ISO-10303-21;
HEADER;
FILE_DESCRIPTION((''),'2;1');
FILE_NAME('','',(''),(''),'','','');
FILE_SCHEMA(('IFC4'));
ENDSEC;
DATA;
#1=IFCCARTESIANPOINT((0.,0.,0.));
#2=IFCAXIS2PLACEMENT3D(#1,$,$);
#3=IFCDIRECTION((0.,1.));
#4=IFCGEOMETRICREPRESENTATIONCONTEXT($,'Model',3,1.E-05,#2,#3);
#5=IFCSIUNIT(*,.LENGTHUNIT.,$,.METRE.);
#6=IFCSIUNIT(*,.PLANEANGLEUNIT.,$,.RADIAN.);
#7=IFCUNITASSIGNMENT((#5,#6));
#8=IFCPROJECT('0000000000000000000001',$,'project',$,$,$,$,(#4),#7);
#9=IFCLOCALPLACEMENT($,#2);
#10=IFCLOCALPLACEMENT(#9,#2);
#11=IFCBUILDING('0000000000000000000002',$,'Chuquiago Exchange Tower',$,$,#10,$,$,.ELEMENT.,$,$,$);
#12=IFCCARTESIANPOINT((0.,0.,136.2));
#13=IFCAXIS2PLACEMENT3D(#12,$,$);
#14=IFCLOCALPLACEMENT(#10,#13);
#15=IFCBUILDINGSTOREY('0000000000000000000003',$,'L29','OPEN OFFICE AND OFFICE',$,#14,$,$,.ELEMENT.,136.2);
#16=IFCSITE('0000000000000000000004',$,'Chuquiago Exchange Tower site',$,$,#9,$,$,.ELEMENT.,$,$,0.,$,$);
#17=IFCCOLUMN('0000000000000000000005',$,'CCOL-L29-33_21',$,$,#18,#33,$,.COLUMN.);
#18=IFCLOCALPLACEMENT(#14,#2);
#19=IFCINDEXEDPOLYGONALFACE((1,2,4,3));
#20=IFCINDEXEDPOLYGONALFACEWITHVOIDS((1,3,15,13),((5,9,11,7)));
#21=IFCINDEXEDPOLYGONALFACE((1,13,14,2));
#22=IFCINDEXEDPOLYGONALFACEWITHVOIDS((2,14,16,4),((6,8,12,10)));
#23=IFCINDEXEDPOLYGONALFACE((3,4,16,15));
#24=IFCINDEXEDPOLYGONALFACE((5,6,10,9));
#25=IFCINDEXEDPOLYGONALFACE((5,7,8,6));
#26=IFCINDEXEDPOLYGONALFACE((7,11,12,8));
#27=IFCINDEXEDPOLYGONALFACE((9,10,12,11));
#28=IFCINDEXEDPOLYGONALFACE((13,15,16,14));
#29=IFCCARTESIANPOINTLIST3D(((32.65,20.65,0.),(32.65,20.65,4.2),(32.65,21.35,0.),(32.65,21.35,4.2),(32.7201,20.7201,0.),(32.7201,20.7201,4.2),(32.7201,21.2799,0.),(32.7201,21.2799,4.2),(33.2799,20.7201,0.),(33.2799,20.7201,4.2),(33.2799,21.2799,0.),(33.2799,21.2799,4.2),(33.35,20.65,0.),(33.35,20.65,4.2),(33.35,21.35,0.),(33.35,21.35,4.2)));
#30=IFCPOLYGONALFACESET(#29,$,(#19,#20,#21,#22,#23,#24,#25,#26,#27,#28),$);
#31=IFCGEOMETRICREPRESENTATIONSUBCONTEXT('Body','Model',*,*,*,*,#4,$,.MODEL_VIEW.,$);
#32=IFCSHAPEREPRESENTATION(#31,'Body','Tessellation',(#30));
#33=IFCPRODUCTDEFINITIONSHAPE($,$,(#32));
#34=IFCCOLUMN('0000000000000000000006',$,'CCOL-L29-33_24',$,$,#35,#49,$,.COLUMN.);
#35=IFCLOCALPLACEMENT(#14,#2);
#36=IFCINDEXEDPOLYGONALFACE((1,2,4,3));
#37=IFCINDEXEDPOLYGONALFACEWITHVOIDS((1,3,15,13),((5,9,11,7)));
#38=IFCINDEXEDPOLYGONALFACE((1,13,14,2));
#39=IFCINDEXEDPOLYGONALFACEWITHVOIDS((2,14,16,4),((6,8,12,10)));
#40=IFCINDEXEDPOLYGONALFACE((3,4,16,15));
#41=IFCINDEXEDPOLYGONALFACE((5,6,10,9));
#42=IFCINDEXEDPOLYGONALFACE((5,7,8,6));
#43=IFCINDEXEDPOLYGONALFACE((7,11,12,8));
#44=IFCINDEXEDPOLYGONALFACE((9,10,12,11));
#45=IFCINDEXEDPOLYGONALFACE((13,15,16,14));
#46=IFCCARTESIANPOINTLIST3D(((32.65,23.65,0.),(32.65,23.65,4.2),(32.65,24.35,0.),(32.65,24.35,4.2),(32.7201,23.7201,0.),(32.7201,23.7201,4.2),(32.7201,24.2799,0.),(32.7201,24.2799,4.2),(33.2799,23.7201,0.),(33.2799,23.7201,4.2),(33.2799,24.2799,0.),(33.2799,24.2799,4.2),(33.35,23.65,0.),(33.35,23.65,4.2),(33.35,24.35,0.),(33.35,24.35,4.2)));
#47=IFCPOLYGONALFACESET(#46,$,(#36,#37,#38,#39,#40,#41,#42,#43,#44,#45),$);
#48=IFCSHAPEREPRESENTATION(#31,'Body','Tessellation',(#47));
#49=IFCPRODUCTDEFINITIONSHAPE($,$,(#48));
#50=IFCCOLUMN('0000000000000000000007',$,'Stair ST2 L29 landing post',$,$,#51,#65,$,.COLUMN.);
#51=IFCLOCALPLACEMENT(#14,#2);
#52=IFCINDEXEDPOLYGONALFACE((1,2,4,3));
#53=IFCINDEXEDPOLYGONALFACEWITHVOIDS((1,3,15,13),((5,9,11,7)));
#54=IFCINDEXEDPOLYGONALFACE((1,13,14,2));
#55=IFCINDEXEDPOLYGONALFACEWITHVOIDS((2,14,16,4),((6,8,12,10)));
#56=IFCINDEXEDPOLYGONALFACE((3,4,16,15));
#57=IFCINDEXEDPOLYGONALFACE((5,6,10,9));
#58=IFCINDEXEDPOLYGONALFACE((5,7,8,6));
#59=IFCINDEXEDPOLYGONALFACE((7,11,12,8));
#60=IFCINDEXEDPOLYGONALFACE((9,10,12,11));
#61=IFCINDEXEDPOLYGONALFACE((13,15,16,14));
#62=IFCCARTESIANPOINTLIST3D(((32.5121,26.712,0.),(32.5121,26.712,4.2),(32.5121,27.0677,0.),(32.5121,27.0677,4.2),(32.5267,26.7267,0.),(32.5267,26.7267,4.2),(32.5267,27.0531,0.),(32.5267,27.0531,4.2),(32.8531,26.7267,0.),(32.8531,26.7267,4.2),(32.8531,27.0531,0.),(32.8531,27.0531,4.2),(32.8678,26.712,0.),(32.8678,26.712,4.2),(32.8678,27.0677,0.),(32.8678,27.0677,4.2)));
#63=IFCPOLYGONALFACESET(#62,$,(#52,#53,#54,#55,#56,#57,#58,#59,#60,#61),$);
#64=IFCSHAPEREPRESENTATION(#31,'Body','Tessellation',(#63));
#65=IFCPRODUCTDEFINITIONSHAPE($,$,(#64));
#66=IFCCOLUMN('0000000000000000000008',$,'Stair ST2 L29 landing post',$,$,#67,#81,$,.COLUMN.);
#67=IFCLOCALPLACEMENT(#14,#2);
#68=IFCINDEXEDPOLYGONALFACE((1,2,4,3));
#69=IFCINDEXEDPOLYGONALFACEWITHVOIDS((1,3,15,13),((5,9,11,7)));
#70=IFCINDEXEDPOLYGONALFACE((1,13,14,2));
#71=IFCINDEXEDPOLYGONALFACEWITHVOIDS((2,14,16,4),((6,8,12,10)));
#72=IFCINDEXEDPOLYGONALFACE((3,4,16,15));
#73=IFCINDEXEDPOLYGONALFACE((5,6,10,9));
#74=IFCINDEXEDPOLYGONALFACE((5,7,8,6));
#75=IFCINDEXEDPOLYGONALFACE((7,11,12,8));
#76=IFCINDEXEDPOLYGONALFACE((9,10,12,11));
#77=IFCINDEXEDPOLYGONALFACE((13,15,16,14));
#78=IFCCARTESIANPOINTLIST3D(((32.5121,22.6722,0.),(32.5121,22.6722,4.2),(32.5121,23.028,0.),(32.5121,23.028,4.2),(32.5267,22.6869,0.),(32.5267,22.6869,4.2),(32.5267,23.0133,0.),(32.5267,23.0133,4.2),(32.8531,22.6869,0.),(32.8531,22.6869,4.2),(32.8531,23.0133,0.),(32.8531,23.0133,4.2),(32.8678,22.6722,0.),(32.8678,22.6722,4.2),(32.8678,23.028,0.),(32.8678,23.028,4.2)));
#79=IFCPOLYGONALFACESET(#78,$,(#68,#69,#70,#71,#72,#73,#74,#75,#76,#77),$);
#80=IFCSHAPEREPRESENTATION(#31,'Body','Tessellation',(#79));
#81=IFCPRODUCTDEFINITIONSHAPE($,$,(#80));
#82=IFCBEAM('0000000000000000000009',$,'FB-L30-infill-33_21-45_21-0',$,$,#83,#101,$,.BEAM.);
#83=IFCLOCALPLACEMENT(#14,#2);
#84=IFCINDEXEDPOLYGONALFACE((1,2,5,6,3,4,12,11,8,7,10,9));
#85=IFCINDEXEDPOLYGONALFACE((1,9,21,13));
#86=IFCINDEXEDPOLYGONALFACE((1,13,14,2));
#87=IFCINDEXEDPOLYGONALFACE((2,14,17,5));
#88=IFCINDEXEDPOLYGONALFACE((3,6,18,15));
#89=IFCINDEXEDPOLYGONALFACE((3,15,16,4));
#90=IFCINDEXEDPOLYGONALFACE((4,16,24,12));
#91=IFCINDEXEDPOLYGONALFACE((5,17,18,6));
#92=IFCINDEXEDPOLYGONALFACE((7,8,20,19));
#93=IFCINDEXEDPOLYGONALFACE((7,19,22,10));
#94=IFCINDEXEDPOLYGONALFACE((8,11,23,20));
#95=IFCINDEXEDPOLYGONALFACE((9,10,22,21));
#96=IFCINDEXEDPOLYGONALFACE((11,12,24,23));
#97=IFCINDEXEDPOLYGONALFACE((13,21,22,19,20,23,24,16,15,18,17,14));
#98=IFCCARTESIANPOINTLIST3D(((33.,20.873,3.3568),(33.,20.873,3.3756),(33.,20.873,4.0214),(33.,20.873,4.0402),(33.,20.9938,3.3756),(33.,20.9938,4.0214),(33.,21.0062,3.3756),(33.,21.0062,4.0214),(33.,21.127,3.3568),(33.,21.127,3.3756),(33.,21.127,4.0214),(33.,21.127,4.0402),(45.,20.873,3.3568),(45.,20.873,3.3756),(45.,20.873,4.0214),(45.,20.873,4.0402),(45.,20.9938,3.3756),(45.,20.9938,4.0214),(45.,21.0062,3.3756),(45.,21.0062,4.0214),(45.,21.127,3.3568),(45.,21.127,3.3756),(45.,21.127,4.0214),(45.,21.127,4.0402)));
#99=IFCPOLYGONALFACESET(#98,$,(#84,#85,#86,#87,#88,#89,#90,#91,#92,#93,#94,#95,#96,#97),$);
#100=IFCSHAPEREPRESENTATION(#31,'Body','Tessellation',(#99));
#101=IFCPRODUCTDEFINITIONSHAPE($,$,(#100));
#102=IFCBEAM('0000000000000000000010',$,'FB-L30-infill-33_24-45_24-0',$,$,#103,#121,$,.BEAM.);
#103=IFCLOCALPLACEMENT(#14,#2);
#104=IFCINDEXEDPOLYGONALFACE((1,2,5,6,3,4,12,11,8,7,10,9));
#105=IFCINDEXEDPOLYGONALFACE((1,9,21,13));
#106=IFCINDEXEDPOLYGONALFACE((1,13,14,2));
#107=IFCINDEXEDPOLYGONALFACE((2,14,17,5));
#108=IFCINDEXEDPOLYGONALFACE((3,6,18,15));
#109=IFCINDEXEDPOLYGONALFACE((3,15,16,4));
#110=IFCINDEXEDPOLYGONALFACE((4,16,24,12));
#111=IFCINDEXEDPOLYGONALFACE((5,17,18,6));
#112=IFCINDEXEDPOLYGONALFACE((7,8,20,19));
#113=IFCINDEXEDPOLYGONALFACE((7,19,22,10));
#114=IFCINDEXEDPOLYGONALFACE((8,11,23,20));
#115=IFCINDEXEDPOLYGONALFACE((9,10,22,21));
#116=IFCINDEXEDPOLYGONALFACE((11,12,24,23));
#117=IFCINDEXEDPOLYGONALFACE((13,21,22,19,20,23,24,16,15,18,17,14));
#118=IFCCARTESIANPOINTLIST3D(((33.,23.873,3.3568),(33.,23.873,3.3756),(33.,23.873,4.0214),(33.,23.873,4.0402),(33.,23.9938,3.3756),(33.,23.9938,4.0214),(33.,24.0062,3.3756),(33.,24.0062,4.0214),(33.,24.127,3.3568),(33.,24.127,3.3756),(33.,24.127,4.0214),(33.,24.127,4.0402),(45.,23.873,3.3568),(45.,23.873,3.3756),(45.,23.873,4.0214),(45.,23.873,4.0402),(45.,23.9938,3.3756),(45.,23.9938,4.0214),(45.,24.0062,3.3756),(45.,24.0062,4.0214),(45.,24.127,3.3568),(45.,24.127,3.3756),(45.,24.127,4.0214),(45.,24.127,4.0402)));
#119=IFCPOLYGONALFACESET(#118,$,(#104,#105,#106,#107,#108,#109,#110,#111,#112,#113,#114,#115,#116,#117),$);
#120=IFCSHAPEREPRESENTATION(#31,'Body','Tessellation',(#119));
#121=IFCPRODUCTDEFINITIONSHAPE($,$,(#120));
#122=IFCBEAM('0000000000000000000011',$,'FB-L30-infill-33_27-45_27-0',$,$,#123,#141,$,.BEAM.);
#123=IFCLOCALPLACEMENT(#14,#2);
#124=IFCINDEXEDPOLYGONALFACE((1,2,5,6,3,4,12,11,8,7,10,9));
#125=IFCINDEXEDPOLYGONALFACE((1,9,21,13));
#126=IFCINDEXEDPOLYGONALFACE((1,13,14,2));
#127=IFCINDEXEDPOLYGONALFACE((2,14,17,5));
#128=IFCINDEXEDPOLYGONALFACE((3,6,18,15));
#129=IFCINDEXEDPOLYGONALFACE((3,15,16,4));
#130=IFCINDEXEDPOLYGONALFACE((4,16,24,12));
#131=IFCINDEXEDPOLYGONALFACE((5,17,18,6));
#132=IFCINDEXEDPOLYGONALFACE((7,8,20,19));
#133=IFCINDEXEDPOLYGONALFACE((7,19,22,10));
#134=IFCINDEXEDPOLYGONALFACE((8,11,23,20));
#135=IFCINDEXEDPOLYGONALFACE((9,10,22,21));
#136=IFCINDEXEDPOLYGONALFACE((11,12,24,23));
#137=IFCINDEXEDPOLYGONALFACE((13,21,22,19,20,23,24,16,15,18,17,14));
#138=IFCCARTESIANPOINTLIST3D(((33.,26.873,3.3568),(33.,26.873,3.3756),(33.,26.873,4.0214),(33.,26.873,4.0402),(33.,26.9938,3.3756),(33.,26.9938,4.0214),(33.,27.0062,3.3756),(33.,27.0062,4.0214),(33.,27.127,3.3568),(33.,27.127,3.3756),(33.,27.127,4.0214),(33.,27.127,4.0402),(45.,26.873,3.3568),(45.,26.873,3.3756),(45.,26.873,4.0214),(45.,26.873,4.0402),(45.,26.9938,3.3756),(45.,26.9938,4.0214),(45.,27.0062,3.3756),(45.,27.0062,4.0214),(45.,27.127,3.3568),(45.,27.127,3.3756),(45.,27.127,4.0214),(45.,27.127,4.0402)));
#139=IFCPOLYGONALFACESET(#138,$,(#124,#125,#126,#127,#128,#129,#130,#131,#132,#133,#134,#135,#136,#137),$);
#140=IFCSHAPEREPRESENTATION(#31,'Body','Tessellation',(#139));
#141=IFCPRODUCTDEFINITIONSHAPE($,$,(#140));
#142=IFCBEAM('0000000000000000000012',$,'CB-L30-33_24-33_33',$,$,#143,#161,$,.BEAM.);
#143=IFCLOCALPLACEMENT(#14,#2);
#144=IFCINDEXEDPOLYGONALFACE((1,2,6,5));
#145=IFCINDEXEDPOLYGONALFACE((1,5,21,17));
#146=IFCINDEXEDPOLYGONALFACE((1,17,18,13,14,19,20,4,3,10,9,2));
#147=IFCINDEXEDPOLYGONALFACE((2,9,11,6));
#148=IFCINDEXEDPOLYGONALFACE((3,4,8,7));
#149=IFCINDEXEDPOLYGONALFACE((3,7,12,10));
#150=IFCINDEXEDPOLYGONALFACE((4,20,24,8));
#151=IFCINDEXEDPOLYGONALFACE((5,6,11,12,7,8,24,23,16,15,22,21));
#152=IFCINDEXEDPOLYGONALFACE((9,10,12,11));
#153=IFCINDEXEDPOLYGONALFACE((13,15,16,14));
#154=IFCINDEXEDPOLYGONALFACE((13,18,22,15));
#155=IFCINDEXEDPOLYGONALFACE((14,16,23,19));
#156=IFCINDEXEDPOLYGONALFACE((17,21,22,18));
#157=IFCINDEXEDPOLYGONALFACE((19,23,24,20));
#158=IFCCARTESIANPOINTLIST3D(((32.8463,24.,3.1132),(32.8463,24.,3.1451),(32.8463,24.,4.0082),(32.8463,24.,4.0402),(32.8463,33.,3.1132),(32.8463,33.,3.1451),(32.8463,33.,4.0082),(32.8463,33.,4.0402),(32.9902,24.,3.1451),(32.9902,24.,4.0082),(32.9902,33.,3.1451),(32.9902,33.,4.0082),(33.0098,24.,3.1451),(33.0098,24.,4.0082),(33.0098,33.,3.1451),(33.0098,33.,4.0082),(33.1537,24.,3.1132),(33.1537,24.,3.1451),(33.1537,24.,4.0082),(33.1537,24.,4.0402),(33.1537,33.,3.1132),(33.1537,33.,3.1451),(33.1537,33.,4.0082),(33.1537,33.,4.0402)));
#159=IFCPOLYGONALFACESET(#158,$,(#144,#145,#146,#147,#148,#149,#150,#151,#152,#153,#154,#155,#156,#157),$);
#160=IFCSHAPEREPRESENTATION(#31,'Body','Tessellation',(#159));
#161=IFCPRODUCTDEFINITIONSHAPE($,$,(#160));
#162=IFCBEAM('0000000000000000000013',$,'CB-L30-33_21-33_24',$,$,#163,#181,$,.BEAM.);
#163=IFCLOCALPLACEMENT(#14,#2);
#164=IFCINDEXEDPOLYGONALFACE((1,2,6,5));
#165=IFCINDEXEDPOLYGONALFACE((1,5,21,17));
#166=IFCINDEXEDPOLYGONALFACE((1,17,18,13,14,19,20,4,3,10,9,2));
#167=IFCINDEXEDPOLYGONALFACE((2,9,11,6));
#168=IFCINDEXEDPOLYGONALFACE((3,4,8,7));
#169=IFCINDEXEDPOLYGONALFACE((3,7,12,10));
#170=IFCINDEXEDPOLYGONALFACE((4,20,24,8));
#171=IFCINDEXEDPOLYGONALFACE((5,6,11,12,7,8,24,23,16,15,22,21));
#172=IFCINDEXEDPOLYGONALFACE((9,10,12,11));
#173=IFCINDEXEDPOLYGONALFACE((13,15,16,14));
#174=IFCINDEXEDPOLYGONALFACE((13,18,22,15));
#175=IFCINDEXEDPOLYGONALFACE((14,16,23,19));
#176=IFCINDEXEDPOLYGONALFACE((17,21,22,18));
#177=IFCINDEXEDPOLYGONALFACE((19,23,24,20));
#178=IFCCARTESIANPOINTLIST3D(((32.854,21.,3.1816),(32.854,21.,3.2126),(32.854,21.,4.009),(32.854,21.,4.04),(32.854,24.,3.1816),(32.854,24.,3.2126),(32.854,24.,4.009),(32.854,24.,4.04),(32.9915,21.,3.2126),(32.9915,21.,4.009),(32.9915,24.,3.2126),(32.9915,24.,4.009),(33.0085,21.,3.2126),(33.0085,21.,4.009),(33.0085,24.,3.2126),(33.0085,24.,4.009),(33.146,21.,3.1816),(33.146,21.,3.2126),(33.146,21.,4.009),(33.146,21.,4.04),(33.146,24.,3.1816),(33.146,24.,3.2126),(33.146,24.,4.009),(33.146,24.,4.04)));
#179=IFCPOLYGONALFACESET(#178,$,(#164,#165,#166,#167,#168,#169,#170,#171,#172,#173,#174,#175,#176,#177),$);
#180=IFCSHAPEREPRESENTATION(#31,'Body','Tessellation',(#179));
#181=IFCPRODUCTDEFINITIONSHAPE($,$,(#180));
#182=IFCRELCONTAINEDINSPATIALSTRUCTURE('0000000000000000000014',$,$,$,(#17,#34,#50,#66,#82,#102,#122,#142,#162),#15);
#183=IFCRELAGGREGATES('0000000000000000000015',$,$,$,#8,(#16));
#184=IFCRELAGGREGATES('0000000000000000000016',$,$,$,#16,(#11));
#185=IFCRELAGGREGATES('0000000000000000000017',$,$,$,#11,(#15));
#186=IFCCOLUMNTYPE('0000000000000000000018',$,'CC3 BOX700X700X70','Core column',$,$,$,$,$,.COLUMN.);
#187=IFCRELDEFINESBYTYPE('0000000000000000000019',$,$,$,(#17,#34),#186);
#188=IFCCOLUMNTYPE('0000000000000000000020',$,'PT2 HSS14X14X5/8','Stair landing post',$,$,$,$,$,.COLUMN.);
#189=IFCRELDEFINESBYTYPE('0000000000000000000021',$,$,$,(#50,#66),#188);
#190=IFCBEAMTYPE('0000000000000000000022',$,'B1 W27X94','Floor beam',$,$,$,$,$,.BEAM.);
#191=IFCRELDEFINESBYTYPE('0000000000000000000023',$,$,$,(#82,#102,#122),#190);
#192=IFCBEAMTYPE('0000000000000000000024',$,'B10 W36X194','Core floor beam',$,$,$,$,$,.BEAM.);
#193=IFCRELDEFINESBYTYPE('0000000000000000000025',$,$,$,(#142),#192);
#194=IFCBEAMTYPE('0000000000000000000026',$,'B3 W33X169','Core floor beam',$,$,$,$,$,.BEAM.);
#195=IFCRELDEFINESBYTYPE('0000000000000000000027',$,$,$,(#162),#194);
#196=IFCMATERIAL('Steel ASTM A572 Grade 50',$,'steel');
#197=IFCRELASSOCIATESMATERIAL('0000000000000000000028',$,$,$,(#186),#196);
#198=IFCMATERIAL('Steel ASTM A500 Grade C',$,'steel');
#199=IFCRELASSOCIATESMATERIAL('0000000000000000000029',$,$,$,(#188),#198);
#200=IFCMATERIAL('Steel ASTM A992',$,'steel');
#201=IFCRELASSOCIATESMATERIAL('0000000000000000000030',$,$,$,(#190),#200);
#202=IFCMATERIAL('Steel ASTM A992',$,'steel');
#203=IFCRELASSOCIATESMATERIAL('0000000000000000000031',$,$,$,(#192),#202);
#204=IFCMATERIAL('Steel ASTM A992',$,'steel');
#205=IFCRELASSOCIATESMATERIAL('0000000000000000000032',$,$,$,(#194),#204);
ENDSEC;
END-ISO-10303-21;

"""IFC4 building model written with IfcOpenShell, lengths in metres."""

from ifc_helpers import new_model, si_unit, direction, frame, origin, origin_2d, place, context, subcontext, project, spatial, hollow_rectangle, i_section, extrude, material, material_profile, profile_set, type_object, element, save


model = new_model("IFC4")

# Units and contexts
model_context = context("Model", 3, precision=1e-05, world=origin(), true_north=direction((0.0, 1.0)))
body_context = subcontext(model_context, "Body", "Model", "MODEL_VIEW")
ifc_project = project(units=[si_unit("LENGTHUNIT", "METRE"), si_unit("PLANEANGLEUNIT", "RADIAN")], contexts=[model_context])

# Site, building, storey
site_placement = place(None, origin())
site = spatial("IfcSite", under=ifc_project, at=site_placement, Name="Chuquiago Exchange Tower site", CompositionType="ELEMENT", RefElevation=0.0)
building_placement = place(site_placement, origin())
building = spatial("IfcBuilding", under=site, at=building_placement, Name="Chuquiago Exchange Tower", CompositionType="ELEMENT")
storey_placement = place(building_placement, frame((0.0, 0.0, 136.2)))
storey = spatial("IfcBuildingStorey", under=building, at=storey_placement, Name="L29", Description="OPEN OFFICE AND OFFICE", CompositionType="ELEMENT", Elevation=136.2)

# Columns
ifc_material_1 = material(Name="Steel ASTM A572 Grade 50", Category="steel")
ifc_material_profile_1 = material_profile(ifc_material_1, hollow_rectangle(XDim=0.7, YDim=0.7, WallThickness=0.0701, at=origin_2d()), Name="BOX700X700X70")
ifc_profile_set_1 = profile_set([ifc_material_profile_1], Name="Steel ASTM A572 Grade 50")
column_type_1 = type_object("IfcColumnType", Name="CC3 BOX700X700X70", Description="Core column", PredefinedType="COLUMN", material=ifc_profile_set_1)
for number, where, z_axis, x_axis, name in (
    (1, (33.0, 21.0, 0.0), (0.0, 0.0, 1.0), (1.0, 0.0, 0.0), "CCOL-L29-33_21"),
    (2, (33.0, 24.0, 0.0), (0.0, 0.0, 1.0), (1.0, 0.0, 0.0), "CCOL-L29-33_24"),
):
    element("IfcColumn", number, at=place(storey_placement, frame(where, z_axis=z_axis, x_axis=x_axis)), inside=storey, type_object=column_type_1, Name=name, PredefinedType="COLUMN", context=body_context, shape_type="SweptSolid", body=[
        extrude(hollow_rectangle(XDim=0.7, YDim=0.7, WallThickness=0.0701, at=origin_2d()), origin(), (0.0, 0.0, 1.0), 4.2),
    ])
ifc_material_2 = material(Name="Steel ASTM A500 Grade C", Category="steel")
ifc_material_profile_2 = material_profile(ifc_material_2, hollow_rectangle(XDim=0.3557, YDim=0.3557, WallThickness=0.0146, at=origin_2d()), Name="HSS14X14X5/8")
ifc_profile_set_2 = profile_set([ifc_material_profile_2], Name="Steel ASTM A500 Grade C")
column_type_2 = type_object("IfcColumnType", Name="PT2 HSS14X14X5/8", Description="Stair landing post", PredefinedType="COLUMN", material=ifc_profile_set_2)
for number, where, z_axis, x_axis, name in (
    (3, (32.6899, 26.8899, 0.0), (0.0, 0.0, 1.0), (1.0, 0.0, 0.0), "Stair ST2 L29 landing post"),
    (4, (32.6899, 22.8501, 0.0), (0.0, 0.0, 1.0), (1.0, 0.0, 0.0), "Stair ST2 L29 landing post"),
):
    element("IfcColumn", number, at=place(storey_placement, frame(where, z_axis=z_axis, x_axis=x_axis)), inside=storey, type_object=column_type_2, Name=name, PredefinedType="COLUMN", context=body_context, shape_type="SweptSolid", body=[
        extrude(hollow_rectangle(XDim=0.3557, YDim=0.3557, WallThickness=0.0146, at=origin_2d()), origin(), (0.0, 0.0, 1.0), 4.2),
    ])

# Beams
ifc_material_3 = material(Name="Steel ASTM A992", Category="steel")
ifc_material_profile_3 = material_profile(ifc_material_3, i_section(OverallWidth=0.2539, OverallDepth=0.6833, WebThickness=0.0125, FlangeThickness=0.0188, at=origin_2d()), Name="W27X94")
ifc_profile_set_3 = profile_set([ifc_material_profile_3], Name="Steel ASTM A992")
beam_type_1 = type_object("IfcBeamType", Name="B1 W27X94", Description="Floor beam", PredefinedType="BEAM", material=ifc_profile_set_3)
for number, where, z_axis, x_axis, name in (
    (5, (33.0, 21.0, 3.6985), (1.0, 0.0, 0.0), (0.0, 1.0, 0.0), "FB-L30-infill-33_21-45_21-0"),
    (6, (33.0, 24.0, 3.6985), (1.0, 0.0, 0.0), (0.0, 1.0, 0.0), "FB-L30-infill-33_24-45_24-0"),
    (7, (33.0, 27.0, 3.6985), (1.0, 0.0, 0.0), (0.0, 1.0, 0.0), "FB-L30-infill-33_27-45_27-0"),
):
    element("IfcBeam", number, at=place(storey_placement, frame(where, z_axis=z_axis, x_axis=x_axis)), inside=storey, type_object=beam_type_1, Name=name, PredefinedType="BEAM", context=body_context, shape_type="SweptSolid", body=[
        extrude(i_section(OverallWidth=0.2539, OverallDepth=0.6833, WebThickness=0.0125, FlangeThickness=0.0188, at=origin_2d()), origin(), (0.0, 0.0, 1.0), 12.0),
    ])
ifc_material_4 = material(Name="Steel ASTM A992", Category="steel")
ifc_material_profile_4 = material_profile(ifc_material_4, i_section(OverallWidth=0.3074, OverallDepth=0.927, WebThickness=0.0195, FlangeThickness=0.032, at=origin_2d()), Name="W36X194")
ifc_profile_set_4 = profile_set([ifc_material_profile_4], Name="Steel ASTM A992")
beam_type_2 = type_object("IfcBeamType", Name="B10 W36X194", Description="Core floor beam", PredefinedType="BEAM", material=ifc_profile_set_4)
beam_1_placement = place(storey_placement, frame((33.0, 24.0, 3.5767), z_axis=(0.0, 1.0, 0.0), x_axis=(-1.0, 0.0, 0.0)))
element("IfcBeam", 8, at=beam_1_placement, inside=storey, type_object=beam_type_2, Name="CB-L30-33_24-33_33", PredefinedType="BEAM", context=body_context, shape_type="SweptSolid", body=[
    extrude(i_section(OverallWidth=0.3074, OverallDepth=0.927, WebThickness=0.0195, FlangeThickness=0.032, at=origin_2d()), origin(), (0.0, 0.0, 1.0), 9.0),
])
ifc_material_5 = material(Name="Steel ASTM A992", Category="steel")
ifc_material_profile_5 = material_profile(ifc_material_5, i_section(OverallWidth=0.292, OverallDepth=0.8584, WebThickness=0.0171, FlangeThickness=0.031, at=origin_2d()), Name="W33X169")
ifc_profile_set_5 = profile_set([ifc_material_profile_5], Name="Steel ASTM A992")
beam_type_3 = type_object("IfcBeamType", Name="B3 W33X169", Description="Core floor beam", PredefinedType="BEAM", material=ifc_profile_set_5)
beam_2_placement = place(storey_placement, frame((33.0, 21.0, 3.6108), z_axis=(0.0, 1.0, 0.0), x_axis=(-1.0, 0.0, 0.0)))
element("IfcBeam", 9, at=beam_2_placement, inside=storey, type_object=beam_type_3, Name="CB-L30-33_21-33_24", PredefinedType="BEAM", context=body_context, shape_type="SweptSolid", body=[
    extrude(i_section(OverallWidth=0.292, OverallDepth=0.8584, WebThickness=0.0171, FlangeThickness=0.031, at=origin_2d()), origin(), (0.0, 0.0, 1.0), 3.0),
])

save(model, "model.ifc")
